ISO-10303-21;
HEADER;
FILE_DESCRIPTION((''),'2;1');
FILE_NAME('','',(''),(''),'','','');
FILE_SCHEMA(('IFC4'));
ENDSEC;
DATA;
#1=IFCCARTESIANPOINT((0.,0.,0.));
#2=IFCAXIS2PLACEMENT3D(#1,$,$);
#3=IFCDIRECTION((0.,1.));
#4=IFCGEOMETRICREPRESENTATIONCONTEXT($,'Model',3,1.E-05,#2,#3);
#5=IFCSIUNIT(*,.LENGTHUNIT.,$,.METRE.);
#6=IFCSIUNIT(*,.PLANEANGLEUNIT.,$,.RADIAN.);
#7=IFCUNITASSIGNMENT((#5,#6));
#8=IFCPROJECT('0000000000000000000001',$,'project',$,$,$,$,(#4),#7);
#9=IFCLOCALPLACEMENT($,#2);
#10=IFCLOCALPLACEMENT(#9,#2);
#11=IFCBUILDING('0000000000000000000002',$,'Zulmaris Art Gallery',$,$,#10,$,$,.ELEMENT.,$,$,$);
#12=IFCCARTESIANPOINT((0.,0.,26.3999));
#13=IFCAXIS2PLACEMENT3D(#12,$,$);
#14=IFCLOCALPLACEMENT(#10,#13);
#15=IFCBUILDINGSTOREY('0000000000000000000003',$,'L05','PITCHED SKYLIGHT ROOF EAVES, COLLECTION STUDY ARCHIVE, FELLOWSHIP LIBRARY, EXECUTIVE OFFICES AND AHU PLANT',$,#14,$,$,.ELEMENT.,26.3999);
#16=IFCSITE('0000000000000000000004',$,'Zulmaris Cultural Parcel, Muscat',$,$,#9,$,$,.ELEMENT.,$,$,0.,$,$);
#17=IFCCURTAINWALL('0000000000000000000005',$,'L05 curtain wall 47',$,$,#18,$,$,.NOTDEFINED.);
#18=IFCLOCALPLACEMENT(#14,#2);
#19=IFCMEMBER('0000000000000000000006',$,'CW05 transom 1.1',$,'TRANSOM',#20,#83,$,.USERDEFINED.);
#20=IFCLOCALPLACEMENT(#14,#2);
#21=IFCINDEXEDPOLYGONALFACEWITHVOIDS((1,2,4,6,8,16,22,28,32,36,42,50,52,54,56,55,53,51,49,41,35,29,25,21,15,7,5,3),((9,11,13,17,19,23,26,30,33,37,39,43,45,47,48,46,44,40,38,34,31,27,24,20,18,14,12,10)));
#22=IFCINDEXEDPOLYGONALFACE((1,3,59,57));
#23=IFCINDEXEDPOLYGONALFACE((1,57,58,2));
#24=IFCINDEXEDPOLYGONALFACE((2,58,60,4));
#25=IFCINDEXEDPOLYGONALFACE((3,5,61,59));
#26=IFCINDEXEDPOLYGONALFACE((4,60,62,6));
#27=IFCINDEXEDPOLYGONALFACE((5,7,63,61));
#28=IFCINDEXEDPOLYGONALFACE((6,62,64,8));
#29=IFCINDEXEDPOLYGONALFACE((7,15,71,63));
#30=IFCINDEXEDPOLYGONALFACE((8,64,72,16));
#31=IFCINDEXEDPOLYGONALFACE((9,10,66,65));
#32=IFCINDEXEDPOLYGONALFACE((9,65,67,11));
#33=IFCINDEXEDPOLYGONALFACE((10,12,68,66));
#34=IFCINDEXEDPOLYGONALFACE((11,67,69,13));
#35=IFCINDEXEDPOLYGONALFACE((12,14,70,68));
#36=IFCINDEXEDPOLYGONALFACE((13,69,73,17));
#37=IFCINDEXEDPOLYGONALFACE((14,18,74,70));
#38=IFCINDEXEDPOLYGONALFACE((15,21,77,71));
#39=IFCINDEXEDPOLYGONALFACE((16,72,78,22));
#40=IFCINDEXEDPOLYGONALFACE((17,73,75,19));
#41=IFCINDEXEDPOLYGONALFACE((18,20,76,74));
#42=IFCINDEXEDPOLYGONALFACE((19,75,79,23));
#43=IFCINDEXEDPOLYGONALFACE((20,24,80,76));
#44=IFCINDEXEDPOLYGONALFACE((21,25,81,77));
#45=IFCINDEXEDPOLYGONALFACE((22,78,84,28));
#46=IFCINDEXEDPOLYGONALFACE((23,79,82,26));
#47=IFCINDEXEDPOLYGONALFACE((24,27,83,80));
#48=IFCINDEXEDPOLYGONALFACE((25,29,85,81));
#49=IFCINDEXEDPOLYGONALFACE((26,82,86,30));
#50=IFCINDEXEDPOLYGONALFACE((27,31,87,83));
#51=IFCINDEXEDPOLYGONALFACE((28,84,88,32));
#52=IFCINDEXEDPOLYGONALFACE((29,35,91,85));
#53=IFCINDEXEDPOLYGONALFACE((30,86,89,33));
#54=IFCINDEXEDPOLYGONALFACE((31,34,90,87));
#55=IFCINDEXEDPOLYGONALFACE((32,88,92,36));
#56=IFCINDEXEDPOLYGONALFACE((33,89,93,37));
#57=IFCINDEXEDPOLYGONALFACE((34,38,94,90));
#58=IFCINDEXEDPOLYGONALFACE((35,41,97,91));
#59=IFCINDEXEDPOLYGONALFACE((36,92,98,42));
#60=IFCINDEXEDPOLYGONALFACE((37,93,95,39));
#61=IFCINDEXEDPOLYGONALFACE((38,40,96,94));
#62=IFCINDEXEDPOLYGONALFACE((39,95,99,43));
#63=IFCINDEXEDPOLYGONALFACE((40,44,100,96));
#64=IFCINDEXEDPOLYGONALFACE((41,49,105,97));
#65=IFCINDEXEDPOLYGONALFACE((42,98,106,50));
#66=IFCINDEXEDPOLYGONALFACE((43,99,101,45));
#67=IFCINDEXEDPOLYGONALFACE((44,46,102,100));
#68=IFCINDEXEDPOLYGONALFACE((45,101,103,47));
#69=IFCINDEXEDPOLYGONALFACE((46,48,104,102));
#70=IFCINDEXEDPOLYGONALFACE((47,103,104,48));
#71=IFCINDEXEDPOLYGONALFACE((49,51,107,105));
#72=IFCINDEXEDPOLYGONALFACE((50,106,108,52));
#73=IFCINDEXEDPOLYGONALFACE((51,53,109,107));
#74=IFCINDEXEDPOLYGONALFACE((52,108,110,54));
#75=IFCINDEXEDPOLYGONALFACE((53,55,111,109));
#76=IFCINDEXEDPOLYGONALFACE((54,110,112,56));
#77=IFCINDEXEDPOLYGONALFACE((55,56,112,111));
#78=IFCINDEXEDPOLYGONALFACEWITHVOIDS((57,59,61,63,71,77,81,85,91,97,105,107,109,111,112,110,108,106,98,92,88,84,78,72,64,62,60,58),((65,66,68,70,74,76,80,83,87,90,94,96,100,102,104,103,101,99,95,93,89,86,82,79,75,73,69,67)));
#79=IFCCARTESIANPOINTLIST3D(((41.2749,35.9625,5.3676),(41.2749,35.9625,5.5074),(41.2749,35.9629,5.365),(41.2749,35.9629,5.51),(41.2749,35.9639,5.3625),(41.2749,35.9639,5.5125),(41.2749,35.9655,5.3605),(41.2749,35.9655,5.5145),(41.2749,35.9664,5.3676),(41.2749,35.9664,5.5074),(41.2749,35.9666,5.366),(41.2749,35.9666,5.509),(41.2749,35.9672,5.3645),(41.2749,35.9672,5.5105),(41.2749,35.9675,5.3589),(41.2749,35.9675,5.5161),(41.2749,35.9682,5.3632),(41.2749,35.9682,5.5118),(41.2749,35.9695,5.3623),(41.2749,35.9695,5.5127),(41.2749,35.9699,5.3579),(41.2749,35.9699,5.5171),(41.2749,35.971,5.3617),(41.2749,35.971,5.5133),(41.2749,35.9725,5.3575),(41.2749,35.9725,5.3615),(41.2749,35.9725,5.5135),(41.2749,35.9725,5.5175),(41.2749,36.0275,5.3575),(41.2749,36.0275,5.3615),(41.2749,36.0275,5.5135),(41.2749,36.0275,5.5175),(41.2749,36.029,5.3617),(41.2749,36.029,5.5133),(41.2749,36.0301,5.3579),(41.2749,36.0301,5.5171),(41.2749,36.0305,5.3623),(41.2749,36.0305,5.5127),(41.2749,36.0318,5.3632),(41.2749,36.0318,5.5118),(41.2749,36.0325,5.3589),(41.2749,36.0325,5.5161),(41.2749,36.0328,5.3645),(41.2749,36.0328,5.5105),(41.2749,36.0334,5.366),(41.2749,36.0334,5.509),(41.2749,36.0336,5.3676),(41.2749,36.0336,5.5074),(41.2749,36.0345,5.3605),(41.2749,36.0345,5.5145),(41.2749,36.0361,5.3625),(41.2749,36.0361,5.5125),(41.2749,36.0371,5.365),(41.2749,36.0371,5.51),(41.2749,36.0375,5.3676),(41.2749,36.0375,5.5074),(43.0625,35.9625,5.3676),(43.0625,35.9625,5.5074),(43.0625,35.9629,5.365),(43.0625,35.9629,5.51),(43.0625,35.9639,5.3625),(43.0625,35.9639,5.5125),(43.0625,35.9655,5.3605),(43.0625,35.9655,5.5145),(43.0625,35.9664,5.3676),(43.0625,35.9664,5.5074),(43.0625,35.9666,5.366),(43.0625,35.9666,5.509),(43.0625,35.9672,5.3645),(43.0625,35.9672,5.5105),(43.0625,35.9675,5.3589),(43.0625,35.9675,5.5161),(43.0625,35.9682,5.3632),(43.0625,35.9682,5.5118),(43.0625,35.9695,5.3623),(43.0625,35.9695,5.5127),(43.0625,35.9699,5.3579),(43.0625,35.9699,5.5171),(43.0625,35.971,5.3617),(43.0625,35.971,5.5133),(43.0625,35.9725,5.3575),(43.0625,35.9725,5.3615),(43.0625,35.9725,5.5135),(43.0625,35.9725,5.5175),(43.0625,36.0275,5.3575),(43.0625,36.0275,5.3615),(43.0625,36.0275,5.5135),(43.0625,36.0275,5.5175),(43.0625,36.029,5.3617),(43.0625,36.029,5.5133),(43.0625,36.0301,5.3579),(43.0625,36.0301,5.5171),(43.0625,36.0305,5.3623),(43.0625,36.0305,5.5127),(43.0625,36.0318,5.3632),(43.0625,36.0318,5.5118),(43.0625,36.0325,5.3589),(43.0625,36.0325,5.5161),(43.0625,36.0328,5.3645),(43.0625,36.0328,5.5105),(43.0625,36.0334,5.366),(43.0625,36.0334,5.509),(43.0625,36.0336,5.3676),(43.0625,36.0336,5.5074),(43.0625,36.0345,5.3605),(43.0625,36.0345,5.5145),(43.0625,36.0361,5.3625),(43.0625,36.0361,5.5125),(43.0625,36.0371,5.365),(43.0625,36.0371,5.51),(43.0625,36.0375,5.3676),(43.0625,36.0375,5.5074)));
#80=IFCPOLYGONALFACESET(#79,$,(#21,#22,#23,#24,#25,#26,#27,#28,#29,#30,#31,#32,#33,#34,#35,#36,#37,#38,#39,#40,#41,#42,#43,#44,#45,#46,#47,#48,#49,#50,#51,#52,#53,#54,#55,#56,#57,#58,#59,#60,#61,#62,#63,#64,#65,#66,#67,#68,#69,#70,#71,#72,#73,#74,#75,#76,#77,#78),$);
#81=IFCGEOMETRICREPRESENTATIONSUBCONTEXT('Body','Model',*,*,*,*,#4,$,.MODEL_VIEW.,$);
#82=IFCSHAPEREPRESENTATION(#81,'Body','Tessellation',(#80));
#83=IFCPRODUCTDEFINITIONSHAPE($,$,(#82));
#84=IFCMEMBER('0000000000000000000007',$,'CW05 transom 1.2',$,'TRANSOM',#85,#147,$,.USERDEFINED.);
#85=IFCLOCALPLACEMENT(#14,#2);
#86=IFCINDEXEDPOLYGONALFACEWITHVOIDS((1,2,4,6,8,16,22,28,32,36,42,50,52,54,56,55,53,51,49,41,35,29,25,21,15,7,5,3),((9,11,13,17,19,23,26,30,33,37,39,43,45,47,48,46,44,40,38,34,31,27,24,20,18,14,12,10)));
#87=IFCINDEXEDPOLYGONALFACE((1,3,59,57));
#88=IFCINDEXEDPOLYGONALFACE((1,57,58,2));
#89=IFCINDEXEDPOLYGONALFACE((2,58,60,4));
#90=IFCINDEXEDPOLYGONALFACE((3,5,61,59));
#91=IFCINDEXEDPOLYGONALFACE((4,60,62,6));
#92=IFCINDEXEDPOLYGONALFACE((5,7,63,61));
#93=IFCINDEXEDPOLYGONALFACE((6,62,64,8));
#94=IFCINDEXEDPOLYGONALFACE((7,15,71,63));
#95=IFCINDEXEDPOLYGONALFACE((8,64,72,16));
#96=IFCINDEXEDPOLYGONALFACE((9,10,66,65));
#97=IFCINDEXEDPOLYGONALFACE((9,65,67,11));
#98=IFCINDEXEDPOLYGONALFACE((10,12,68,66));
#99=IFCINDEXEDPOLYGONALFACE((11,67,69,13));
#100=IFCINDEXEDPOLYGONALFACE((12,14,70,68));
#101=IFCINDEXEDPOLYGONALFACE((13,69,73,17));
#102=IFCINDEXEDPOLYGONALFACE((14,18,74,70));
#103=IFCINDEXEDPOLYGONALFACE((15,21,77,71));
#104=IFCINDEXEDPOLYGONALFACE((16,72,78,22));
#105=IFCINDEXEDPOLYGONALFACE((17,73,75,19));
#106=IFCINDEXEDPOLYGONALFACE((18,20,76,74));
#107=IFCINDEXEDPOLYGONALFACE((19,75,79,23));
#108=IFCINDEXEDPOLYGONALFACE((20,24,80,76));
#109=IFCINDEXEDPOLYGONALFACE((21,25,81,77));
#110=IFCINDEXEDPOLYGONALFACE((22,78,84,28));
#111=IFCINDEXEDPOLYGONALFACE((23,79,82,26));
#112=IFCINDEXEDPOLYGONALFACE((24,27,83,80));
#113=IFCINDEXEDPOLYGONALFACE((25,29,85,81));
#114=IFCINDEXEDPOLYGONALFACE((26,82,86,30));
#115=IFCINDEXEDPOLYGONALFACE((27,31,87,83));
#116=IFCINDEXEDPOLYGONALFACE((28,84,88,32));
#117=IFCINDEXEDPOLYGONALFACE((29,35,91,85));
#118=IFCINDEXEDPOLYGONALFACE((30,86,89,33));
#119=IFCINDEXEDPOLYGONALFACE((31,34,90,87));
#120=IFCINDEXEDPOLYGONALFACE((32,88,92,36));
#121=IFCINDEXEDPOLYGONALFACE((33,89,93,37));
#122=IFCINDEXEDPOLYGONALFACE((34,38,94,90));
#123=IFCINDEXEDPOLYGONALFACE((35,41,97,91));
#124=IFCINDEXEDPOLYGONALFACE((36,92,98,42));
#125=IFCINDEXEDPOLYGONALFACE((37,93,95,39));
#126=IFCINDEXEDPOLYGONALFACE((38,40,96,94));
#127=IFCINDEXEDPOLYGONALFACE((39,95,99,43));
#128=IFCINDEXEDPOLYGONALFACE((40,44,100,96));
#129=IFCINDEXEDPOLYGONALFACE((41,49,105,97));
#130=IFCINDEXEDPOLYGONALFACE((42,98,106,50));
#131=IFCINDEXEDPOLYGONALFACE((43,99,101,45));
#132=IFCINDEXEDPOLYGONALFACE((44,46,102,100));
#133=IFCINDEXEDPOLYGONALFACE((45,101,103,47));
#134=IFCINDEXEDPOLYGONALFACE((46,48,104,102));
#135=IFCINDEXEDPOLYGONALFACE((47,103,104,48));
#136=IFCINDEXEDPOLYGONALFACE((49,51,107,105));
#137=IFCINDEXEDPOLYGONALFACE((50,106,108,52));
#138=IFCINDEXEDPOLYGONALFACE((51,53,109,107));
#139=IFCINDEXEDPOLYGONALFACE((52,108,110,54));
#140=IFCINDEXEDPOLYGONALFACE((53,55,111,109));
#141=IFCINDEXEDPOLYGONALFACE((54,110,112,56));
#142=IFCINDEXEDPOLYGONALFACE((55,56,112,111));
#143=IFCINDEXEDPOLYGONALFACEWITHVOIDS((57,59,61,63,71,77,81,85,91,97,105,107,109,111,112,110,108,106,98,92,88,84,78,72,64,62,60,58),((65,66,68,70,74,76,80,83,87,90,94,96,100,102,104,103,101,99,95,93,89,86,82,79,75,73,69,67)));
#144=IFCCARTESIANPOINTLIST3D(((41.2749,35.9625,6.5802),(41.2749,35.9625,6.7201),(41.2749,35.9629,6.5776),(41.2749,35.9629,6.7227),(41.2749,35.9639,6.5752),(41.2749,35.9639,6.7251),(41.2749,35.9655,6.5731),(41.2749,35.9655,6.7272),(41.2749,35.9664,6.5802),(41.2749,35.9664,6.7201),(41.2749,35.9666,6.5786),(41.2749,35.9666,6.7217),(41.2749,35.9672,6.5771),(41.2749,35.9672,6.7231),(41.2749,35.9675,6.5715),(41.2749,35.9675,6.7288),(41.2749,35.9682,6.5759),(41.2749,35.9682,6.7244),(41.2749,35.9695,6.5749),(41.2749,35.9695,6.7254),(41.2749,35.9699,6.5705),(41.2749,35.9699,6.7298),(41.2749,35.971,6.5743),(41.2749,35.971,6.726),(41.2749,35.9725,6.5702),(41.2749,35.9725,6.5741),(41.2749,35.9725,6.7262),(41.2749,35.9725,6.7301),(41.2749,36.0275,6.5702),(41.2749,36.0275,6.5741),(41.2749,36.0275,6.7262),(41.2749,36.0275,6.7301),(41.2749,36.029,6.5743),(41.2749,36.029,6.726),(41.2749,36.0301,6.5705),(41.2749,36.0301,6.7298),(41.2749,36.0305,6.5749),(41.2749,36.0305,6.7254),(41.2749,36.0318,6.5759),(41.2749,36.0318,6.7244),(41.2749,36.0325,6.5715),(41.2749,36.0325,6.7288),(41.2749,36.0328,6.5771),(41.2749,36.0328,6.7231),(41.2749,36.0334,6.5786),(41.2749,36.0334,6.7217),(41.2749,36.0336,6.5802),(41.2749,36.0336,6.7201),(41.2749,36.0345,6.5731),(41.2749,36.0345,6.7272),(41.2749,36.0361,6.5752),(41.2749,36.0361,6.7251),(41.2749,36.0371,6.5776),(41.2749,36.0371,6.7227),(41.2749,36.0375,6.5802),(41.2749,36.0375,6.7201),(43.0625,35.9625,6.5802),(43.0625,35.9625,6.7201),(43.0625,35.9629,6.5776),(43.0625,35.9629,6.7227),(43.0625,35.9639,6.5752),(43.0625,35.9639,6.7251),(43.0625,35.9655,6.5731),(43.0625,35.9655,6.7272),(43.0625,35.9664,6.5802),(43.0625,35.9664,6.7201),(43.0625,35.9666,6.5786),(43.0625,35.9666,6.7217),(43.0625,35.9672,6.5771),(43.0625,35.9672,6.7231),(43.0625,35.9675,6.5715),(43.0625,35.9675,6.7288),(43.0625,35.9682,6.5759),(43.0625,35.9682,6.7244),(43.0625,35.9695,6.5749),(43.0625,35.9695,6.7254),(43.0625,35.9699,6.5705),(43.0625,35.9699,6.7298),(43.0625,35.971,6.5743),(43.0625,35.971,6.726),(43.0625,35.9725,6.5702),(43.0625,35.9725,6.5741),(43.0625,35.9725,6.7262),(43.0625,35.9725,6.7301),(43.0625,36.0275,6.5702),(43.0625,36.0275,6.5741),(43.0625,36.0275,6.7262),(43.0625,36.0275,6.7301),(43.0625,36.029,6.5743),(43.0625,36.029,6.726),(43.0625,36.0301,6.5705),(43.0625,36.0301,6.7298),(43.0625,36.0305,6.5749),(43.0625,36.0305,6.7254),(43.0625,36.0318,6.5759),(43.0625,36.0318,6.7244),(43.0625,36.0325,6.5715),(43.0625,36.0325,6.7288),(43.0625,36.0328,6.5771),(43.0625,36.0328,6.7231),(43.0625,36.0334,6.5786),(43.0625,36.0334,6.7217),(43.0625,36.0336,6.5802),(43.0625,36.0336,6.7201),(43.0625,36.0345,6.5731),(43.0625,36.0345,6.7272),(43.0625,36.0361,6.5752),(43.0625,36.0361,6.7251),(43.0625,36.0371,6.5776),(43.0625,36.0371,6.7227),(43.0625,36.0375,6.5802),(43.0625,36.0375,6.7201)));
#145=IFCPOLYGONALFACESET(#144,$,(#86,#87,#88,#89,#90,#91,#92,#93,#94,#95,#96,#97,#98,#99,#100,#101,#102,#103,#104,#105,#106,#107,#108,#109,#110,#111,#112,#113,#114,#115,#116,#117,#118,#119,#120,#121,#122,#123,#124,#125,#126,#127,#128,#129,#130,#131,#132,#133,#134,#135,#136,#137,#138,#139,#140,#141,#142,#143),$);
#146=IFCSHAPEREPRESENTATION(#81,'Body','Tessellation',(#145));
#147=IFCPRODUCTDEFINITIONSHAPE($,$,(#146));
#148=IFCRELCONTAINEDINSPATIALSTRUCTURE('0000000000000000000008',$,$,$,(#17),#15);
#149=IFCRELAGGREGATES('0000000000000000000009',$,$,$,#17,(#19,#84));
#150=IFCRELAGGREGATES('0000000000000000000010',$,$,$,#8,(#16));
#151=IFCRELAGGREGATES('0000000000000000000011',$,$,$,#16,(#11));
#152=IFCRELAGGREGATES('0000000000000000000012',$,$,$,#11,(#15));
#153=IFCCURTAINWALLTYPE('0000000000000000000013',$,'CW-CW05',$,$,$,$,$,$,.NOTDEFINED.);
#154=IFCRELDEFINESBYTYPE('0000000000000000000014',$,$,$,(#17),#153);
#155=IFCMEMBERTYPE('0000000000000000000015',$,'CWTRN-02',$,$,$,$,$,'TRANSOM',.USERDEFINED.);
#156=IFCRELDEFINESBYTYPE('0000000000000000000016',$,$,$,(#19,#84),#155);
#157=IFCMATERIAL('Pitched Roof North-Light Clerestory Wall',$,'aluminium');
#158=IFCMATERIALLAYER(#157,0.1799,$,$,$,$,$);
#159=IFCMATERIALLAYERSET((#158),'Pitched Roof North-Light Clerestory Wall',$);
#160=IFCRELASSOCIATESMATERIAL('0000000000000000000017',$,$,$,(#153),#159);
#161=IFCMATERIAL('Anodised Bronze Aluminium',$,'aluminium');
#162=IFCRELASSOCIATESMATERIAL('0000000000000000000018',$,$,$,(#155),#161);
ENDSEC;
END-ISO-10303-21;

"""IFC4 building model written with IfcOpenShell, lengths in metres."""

from ifc_helpers import new_model, si_unit, direction, frame, origin, origin_2d, place, context, subcontext, project, spatial, hollow_rectangle, extrude, material, layer, layer_set, material_profile, profile_set, type_object, element, aggregate, save


model = new_model("IFC4")

# Units and contexts
model_context = context("Model", 3, precision=1e-05, world=origin(), true_north=direction((0.0, 1.0)))
body_context = subcontext(model_context, "Body", "Model", "MODEL_VIEW")
ifc_project = project(units=[si_unit("LENGTHUNIT", "METRE"), si_unit("PLANEANGLEUNIT", "RADIAN")], contexts=[model_context])

# Site, building, storey
site_placement = place(None, origin())
site = spatial("IfcSite", under=ifc_project, at=site_placement, Name="Zulmaris Cultural Parcel, Muscat", CompositionType="ELEMENT", RefElevation=0.0)
building_placement = place(site_placement, origin())
building = spatial("IfcBuilding", under=site, at=building_placement, Name="Zulmaris Art Gallery", CompositionType="ELEMENT")
storey_placement = place(building_placement, frame((0.0, 0.0, 26.3999)))
storey = spatial("IfcBuildingStorey", under=building, at=storey_placement, Name="L05", Description="PITCHED SKYLIGHT ROOF EAVES, COLLECTION STUDY ARCHIVE, FELLOWSHIP LIBRARY, EXECUTIVE OFFICES AND AHU PLANT", CompositionType="ELEMENT", Elevation=26.3999)

# Shared definitions
ifc_material_1 = material(Name="Pitched Roof North-Light Clerestory Wall", Category="aluminium")
ifc_layer_1 = layer(ifc_material_1, 0.1799)
ifc_layer_set_1 = layer_set([ifc_layer_1], Name="Pitched Roof North-Light Clerestory Wall")
curtain_wall_type = type_object("IfcCurtainWallType", Name="CW-CW05", PredefinedType="NOTDEFINED", material=ifc_layer_set_1)
ifc_material_2 = material(Name="Anodised Bronze Aluminium", Category="aluminium")

# Curtain wall, members
curtain_wall_1_placement = place(storey_placement, origin())
curtain_wall_1 = element("IfcCurtainWall", 1, at=curtain_wall_1_placement, inside=storey, type_object=curtain_wall_type, Name="L05 curtain wall 47", PredefinedType="NOTDEFINED")
ifc_material_profile_1 = material_profile(ifc_material_2, hollow_rectangle(XDim=0.075, YDim=0.1599, WallThickness=0.0039, InnerFilletRadius=0.0061, OuterFilletRadius=0.01, at=origin_2d()), Name="ALU 75x160x4")
ifc_profile_set_1 = profile_set([ifc_material_profile_1], Name="Anodised Bronze Aluminium")
member_type_1 = type_object("IfcMemberType", Name="CWTRN-02", ElementType="TRANSOM", PredefinedType="USERDEFINED", material=ifc_profile_set_1)
member_1_placement = place(storey_placement, frame((41.2749, 36.0, 5.4375), z_axis=(1.0, 0.0, 0.0), x_axis=(0.0, 1.0, 0.0)))
member_1 = element("IfcMember", 2, at=member_1_placement, type_object=member_type_1, Name="CW05 transom 1.1", ObjectType="TRANSOM", PredefinedType="USERDEFINED", context=body_context, shape_type="SweptSolid", body=[
    extrude(hollow_rectangle(XDim=0.075, YDim=0.1599, WallThickness=0.0039, InnerFilletRadius=0.0061, OuterFilletRadius=0.01, at=origin_2d()), origin(), (0.0, 0.0, 1.0), 1.7876),
])
member_2_placement = place(storey_placement, frame((41.2749, 36.0, 6.6501), z_axis=(1.0, 0.0, 0.0), x_axis=(0.0, 1.0, 0.0)))
member_2 = element("IfcMember", 3, at=member_2_placement, type_object=member_type_1, Name="CW05 transom 1.2", ObjectType="TRANSOM", PredefinedType="USERDEFINED", context=body_context, shape_type="SweptSolid", body=[
    extrude(hollow_rectangle(XDim=0.075, YDim=0.1599, WallThickness=0.0039, InnerFilletRadius=0.0061, OuterFilletRadius=0.01, at=origin_2d()), origin(), (0.0, 0.0, 1.0), 1.7876),
])

aggregate(curtain_wall_1, [member_1, member_2])

save(model, "model.ifc")
